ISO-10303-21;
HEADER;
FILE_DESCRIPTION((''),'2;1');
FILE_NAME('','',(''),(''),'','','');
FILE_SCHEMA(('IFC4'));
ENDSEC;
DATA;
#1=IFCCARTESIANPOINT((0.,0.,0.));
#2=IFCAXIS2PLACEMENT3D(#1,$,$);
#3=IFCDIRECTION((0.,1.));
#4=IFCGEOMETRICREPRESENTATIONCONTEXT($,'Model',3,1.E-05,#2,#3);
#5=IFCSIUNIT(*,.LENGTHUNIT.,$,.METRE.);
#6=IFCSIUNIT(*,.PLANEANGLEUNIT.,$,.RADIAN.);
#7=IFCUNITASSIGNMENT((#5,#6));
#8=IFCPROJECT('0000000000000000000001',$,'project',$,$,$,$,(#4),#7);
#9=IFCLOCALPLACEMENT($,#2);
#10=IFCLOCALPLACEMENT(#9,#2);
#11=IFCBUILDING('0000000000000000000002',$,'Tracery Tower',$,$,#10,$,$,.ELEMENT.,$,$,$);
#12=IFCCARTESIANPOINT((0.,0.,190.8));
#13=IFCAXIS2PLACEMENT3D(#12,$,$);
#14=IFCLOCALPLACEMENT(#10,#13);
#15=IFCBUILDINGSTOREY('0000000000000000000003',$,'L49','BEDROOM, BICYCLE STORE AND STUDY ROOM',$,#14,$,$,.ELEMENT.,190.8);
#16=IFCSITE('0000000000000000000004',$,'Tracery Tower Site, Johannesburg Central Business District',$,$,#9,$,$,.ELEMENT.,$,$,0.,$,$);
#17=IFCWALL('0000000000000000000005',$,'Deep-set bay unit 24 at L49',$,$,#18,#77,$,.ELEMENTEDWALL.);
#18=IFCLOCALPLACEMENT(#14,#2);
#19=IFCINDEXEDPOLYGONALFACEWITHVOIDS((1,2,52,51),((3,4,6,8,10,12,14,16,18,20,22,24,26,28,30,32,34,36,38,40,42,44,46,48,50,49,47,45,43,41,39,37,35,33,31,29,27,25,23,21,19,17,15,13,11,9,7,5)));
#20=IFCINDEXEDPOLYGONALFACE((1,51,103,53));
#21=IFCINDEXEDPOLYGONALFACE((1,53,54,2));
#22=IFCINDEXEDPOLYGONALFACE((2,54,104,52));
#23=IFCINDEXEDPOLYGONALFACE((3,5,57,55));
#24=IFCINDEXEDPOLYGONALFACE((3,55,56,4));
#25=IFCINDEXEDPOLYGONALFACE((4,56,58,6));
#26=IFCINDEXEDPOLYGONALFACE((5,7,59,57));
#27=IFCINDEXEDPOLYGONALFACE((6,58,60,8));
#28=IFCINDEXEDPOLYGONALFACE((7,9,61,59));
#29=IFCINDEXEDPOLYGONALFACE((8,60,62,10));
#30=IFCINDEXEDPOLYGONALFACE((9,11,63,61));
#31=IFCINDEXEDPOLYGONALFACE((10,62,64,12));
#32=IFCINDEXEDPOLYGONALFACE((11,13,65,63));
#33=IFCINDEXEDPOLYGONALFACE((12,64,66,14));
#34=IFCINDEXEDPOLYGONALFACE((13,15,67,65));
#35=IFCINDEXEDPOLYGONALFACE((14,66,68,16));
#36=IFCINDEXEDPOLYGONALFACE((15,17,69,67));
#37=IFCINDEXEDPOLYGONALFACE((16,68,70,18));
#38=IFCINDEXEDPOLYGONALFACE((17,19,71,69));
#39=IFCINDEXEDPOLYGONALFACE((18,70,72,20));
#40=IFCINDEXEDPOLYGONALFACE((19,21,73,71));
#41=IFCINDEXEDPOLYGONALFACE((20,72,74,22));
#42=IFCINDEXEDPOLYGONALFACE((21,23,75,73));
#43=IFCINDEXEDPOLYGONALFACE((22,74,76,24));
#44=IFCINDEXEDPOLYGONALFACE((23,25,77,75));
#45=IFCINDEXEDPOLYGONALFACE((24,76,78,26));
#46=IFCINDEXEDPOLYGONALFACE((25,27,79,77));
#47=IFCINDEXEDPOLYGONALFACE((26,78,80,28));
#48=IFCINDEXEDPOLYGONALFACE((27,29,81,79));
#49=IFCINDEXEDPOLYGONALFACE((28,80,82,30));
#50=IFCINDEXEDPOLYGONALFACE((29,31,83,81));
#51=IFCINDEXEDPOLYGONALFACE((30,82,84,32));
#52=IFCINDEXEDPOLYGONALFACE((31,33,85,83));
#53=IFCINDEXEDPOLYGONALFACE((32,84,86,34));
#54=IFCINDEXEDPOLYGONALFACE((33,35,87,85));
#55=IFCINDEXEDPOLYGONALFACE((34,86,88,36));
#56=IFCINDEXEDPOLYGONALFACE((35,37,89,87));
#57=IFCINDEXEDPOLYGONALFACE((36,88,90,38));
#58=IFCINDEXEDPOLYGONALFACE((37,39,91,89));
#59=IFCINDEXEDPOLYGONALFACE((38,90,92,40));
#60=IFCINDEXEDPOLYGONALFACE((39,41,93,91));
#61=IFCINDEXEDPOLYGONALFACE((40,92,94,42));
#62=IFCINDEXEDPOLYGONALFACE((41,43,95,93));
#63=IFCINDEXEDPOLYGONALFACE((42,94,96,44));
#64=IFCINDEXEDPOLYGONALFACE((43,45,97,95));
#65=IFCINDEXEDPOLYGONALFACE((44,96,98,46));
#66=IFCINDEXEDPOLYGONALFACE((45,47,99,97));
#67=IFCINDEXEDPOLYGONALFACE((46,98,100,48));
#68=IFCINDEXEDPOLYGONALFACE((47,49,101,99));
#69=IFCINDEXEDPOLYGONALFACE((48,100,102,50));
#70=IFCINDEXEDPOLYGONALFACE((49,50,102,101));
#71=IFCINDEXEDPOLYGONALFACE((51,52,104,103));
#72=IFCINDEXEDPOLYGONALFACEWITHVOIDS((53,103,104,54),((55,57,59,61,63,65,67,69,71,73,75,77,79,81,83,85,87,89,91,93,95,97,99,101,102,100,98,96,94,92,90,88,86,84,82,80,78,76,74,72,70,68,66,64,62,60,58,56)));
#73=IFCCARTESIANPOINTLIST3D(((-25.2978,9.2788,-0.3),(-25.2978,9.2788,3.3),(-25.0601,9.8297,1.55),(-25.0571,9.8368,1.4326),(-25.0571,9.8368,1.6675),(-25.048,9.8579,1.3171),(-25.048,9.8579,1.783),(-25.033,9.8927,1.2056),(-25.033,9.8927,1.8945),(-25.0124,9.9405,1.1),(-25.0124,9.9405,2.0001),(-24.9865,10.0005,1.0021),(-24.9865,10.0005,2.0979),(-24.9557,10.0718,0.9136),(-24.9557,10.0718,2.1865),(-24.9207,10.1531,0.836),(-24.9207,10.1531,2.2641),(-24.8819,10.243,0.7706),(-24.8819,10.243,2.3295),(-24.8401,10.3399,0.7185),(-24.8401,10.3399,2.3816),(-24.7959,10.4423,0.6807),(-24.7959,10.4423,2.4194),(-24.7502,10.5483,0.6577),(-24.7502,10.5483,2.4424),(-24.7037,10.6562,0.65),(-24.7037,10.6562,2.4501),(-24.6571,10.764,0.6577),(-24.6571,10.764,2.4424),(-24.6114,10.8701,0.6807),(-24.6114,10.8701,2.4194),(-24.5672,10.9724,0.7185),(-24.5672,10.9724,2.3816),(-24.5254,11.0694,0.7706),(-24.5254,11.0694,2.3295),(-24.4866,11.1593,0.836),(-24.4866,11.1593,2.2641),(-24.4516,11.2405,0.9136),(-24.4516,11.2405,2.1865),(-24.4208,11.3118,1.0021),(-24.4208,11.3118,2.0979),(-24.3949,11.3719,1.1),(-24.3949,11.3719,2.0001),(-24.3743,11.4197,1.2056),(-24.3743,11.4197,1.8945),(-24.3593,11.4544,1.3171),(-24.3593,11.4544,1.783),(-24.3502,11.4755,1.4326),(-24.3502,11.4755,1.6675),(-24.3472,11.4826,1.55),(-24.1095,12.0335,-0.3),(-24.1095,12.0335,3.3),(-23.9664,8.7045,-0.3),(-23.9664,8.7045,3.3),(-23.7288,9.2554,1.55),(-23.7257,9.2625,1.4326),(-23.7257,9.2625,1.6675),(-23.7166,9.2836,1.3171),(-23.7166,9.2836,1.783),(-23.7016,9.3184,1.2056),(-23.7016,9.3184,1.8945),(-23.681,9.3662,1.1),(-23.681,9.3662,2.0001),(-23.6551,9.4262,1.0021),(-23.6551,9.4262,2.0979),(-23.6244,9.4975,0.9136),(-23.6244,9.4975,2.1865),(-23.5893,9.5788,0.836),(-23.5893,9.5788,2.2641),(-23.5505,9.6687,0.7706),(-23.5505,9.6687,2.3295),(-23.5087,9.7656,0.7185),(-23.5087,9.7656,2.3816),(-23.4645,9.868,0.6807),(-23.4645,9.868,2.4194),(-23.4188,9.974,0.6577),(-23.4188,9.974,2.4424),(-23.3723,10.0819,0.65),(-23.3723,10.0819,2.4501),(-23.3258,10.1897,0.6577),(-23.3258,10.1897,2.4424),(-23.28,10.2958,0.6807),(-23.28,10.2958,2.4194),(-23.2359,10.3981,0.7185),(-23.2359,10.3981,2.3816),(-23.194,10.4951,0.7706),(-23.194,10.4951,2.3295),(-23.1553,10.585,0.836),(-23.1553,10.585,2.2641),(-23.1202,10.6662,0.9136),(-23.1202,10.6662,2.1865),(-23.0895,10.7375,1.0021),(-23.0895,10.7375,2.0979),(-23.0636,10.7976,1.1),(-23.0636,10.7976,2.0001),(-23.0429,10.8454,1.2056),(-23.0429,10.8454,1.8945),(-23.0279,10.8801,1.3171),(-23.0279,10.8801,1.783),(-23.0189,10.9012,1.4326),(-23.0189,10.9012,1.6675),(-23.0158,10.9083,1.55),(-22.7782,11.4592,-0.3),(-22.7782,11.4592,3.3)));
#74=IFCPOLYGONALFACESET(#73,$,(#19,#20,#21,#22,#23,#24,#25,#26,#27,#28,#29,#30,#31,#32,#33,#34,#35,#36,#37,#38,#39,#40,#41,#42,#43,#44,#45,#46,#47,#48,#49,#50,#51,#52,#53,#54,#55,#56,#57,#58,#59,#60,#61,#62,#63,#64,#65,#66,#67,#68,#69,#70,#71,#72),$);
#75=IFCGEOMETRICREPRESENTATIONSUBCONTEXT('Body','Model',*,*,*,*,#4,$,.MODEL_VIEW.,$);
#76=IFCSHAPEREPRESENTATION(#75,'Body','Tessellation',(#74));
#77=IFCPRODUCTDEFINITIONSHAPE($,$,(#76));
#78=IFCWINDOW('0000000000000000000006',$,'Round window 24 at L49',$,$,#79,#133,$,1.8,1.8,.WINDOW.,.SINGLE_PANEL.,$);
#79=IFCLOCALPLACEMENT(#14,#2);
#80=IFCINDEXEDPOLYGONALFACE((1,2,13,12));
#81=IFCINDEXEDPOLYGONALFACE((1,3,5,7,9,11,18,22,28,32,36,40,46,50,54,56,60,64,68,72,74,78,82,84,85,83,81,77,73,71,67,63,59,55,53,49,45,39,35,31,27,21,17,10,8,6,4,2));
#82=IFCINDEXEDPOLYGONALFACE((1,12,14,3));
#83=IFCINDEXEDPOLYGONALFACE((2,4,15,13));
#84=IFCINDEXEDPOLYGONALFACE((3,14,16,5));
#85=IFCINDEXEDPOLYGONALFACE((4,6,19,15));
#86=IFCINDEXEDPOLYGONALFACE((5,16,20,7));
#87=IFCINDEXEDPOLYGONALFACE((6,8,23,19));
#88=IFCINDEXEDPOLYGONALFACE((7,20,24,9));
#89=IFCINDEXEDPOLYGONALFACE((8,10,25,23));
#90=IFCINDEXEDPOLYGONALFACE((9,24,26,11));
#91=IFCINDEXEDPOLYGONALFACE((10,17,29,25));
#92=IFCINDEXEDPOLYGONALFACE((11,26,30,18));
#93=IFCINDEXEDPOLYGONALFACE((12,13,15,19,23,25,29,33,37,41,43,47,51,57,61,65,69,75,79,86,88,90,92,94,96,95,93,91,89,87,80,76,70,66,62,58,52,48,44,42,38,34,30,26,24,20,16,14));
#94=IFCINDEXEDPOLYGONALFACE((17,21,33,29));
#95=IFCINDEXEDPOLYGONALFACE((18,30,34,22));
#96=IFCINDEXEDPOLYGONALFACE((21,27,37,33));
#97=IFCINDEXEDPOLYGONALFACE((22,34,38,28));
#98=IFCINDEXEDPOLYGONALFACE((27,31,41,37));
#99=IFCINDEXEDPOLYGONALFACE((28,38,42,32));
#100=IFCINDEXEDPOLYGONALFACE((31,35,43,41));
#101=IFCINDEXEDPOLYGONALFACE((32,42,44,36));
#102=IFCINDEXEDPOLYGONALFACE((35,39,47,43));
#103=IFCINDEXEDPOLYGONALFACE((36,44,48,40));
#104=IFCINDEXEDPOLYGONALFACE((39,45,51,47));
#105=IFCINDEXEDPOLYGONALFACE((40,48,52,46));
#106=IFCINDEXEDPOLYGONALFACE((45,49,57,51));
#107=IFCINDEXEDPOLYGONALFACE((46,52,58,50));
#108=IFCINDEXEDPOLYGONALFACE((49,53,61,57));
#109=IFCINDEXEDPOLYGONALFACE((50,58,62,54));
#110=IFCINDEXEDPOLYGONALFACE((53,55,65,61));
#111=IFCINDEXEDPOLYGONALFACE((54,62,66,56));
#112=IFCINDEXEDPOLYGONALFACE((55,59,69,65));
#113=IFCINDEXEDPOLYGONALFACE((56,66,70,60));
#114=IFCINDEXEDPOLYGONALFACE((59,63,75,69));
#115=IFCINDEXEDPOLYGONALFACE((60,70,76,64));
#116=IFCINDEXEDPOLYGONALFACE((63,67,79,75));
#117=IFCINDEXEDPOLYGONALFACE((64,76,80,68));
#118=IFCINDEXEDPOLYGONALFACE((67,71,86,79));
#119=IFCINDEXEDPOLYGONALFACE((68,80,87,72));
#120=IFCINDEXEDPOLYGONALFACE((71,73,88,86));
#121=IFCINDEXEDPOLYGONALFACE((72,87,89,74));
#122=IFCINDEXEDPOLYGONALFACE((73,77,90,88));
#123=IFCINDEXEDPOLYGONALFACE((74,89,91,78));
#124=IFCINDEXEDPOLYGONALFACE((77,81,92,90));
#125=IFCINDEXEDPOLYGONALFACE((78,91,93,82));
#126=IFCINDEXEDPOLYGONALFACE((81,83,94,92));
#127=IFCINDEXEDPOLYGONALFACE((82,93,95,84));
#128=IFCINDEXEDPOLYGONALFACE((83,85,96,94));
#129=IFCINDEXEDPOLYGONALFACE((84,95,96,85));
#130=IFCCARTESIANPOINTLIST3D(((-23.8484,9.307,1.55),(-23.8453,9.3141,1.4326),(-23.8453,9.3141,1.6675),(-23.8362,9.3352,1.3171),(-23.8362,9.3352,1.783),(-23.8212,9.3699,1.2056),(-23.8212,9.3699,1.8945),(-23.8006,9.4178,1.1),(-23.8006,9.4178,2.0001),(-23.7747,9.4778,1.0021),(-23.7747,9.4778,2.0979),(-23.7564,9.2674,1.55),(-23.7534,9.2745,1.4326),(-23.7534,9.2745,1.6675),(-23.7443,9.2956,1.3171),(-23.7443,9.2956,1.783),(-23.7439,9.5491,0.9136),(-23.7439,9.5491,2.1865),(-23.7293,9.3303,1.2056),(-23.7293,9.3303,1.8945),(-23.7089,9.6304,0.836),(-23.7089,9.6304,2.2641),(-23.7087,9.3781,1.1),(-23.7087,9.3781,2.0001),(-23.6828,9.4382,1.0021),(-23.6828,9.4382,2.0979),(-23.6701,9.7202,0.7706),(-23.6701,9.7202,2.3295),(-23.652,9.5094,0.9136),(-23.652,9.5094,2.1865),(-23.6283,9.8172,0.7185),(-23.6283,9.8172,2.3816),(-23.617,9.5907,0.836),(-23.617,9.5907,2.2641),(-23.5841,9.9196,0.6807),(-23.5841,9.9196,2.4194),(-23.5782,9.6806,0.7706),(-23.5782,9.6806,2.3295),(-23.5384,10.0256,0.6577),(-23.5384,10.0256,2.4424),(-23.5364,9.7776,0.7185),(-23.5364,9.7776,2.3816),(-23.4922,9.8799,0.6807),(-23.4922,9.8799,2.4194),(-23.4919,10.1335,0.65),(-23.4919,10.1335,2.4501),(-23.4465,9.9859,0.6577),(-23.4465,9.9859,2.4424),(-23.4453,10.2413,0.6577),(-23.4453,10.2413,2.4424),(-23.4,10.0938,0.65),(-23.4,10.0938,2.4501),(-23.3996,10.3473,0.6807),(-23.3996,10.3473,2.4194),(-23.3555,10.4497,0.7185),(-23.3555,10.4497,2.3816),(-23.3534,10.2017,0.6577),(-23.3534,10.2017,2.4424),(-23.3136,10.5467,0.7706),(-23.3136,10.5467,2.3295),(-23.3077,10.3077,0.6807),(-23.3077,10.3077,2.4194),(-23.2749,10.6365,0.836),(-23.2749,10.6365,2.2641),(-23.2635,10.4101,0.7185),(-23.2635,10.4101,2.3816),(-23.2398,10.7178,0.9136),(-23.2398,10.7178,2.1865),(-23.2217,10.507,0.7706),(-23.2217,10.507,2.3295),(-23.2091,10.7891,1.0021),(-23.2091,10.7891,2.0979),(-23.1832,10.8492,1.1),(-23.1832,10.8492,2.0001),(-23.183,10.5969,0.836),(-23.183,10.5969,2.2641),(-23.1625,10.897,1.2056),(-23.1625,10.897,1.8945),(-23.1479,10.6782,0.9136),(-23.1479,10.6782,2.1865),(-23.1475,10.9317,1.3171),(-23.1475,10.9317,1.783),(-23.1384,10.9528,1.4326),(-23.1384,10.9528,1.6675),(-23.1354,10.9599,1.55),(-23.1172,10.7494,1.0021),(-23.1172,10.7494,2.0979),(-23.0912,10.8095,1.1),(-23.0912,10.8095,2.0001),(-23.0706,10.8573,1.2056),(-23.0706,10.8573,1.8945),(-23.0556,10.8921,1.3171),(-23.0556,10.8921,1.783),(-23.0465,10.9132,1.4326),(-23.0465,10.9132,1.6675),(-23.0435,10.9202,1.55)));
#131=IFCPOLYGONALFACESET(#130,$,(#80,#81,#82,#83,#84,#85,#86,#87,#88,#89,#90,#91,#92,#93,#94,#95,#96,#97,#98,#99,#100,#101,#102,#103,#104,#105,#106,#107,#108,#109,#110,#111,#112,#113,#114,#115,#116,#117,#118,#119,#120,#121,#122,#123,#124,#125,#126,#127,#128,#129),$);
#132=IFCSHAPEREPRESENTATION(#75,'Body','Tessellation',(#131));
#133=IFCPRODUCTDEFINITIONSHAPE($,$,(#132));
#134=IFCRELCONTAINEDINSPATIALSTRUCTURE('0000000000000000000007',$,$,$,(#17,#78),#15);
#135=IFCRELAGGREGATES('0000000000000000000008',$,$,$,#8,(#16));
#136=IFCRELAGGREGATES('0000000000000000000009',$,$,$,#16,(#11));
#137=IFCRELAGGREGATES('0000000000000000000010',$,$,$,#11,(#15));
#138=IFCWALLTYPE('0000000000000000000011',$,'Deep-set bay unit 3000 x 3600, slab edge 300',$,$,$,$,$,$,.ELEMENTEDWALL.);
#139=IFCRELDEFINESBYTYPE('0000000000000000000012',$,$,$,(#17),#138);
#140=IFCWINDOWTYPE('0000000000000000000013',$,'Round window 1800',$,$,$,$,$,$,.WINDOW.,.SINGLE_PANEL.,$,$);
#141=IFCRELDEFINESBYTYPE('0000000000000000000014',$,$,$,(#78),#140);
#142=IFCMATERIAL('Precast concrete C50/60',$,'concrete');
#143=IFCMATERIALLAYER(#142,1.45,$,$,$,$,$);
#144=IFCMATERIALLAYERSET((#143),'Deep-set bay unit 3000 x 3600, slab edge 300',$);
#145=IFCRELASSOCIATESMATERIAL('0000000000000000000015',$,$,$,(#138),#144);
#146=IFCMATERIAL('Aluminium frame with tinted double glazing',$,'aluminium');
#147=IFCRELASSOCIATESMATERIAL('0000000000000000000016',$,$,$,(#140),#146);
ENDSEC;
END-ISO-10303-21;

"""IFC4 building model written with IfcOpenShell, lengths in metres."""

from ifc_helpers import new_model, si_unit, direction, frame, frame_2d, origin, origin_2d, place, context, subcontext, project, spatial, rectangle, circle, extrude, material, layer, layer_set, type_object, element, fill, save


model = new_model("IFC4")

# Units and contexts
model_context = context("Model", 3, precision=1e-05, world=origin(), true_north=direction((0.0, 1.0)))
body_context = subcontext(model_context, "Body", "Model", "MODEL_VIEW")
ifc_project = project(units=[si_unit("LENGTHUNIT", "METRE"), si_unit("PLANEANGLEUNIT", "RADIAN")], contexts=[model_context])

# Site, building, storey
site_placement = place(None, origin())
site = spatial("IfcSite", under=ifc_project, at=site_placement, Name="Tracery Tower Site, Johannesburg Central Business District", CompositionType="ELEMENT", RefElevation=0.0)
building_placement = place(site_placement, origin())
building = spatial("IfcBuilding", under=site, at=building_placement, Name="Tracery Tower", CompositionType="ELEMENT")
storey_placement = place(building_placement, frame((0.0, 0.0, 190.8)))
storey = spatial("IfcBuildingStorey", under=building, at=storey_placement, Name="L49", Description="BEDROOM, BICYCLE STORE AND STUDY ROOM", CompositionType="ELEMENT", Elevation=190.8)

# Wall, opening, window
ifc_material_1 = material(Name="Precast concrete C50/60", Category="concrete")
ifc_layer_1 = layer(ifc_material_1, 1.45)
ifc_layer_set_1 = layer_set([ifc_layer_1], Name="Deep-set bay unit 3000 x 3600, slab edge 300")
wall_type_1 = type_object("IfcWallType", Name="Deep-set bay unit 3000 x 3600, slab edge 300", PredefinedType="ELEMENTEDWALL", material=ifc_layer_set_1)
ifc_material_2 = material(Name="Aluminium frame with tinted double glazing", Category="aluminium")
window_type = type_object("IfcWindowType", Name="Round window 1800", PartitioningType="SINGLE_PANEL", PredefinedType="WINDOW", material=ifc_material_2)
wall_1_placement = place(storey_placement, frame((-23.4438, 11.7463, -0.3), z_axis=(0.0, 0.0, 1.0), x_axis=(-0.396079, -0.918216, 0.0)))
wall_1 = element("IfcWall", 1, at=wall_1_placement, inside=storey, type_object=wall_type_1, Name="Deep-set bay unit 24 at L49", PredefinedType="ELEMENTEDWALL", context=body_context, shape_type="SweptSolid", body=[
    extrude(rectangle(XDim=3.0, YDim=1.45, at=frame_2d((1.5, 0.0))), origin(), (0.0, 0.0, 1.0), 3.6001),
])
opening_1_placement = place(wall_1_placement, frame((1.5, 0.0, 1.8501)))
opening_1 = element("IfcOpeningElement", 2, at=opening_1_placement, cuts=wall_1, PredefinedType="OPENING", context=body_context, shape_type="SweptSolid", body=[
    extrude(circle(Radius=0.9, at=origin_2d()), frame((0.0, 0.7349, 0.0), z_axis=(0.0, -1.0, 0.0), x_axis=(1.0, 0.0, 0.0)), (0.0, 0.0, 1.0), 1.47),
])
window_1_placement = place(opening_1_placement, origin())
window_1 = element("IfcWindow", 3, at=window_1_placement, inside=storey, type_object=window_type, Name="Round window 24 at L49", OverallHeight=1.8, OverallWidth=1.8, PartitioningType="SINGLE_PANEL", PredefinedType="WINDOW", context=body_context, shape_type="SweptSolid", body=[
    extrude(circle(Radius=0.9, at=origin_2d()), frame((0.0, 0.6948, 0.0), z_axis=(0.0, -1.0, 0.0), x_axis=(1.0, 0.0, 0.0)), (0.0, 0.0, 1.0), 0.1001),
])
fill(opening_1, window_1)

save(model, "model.ifc")
